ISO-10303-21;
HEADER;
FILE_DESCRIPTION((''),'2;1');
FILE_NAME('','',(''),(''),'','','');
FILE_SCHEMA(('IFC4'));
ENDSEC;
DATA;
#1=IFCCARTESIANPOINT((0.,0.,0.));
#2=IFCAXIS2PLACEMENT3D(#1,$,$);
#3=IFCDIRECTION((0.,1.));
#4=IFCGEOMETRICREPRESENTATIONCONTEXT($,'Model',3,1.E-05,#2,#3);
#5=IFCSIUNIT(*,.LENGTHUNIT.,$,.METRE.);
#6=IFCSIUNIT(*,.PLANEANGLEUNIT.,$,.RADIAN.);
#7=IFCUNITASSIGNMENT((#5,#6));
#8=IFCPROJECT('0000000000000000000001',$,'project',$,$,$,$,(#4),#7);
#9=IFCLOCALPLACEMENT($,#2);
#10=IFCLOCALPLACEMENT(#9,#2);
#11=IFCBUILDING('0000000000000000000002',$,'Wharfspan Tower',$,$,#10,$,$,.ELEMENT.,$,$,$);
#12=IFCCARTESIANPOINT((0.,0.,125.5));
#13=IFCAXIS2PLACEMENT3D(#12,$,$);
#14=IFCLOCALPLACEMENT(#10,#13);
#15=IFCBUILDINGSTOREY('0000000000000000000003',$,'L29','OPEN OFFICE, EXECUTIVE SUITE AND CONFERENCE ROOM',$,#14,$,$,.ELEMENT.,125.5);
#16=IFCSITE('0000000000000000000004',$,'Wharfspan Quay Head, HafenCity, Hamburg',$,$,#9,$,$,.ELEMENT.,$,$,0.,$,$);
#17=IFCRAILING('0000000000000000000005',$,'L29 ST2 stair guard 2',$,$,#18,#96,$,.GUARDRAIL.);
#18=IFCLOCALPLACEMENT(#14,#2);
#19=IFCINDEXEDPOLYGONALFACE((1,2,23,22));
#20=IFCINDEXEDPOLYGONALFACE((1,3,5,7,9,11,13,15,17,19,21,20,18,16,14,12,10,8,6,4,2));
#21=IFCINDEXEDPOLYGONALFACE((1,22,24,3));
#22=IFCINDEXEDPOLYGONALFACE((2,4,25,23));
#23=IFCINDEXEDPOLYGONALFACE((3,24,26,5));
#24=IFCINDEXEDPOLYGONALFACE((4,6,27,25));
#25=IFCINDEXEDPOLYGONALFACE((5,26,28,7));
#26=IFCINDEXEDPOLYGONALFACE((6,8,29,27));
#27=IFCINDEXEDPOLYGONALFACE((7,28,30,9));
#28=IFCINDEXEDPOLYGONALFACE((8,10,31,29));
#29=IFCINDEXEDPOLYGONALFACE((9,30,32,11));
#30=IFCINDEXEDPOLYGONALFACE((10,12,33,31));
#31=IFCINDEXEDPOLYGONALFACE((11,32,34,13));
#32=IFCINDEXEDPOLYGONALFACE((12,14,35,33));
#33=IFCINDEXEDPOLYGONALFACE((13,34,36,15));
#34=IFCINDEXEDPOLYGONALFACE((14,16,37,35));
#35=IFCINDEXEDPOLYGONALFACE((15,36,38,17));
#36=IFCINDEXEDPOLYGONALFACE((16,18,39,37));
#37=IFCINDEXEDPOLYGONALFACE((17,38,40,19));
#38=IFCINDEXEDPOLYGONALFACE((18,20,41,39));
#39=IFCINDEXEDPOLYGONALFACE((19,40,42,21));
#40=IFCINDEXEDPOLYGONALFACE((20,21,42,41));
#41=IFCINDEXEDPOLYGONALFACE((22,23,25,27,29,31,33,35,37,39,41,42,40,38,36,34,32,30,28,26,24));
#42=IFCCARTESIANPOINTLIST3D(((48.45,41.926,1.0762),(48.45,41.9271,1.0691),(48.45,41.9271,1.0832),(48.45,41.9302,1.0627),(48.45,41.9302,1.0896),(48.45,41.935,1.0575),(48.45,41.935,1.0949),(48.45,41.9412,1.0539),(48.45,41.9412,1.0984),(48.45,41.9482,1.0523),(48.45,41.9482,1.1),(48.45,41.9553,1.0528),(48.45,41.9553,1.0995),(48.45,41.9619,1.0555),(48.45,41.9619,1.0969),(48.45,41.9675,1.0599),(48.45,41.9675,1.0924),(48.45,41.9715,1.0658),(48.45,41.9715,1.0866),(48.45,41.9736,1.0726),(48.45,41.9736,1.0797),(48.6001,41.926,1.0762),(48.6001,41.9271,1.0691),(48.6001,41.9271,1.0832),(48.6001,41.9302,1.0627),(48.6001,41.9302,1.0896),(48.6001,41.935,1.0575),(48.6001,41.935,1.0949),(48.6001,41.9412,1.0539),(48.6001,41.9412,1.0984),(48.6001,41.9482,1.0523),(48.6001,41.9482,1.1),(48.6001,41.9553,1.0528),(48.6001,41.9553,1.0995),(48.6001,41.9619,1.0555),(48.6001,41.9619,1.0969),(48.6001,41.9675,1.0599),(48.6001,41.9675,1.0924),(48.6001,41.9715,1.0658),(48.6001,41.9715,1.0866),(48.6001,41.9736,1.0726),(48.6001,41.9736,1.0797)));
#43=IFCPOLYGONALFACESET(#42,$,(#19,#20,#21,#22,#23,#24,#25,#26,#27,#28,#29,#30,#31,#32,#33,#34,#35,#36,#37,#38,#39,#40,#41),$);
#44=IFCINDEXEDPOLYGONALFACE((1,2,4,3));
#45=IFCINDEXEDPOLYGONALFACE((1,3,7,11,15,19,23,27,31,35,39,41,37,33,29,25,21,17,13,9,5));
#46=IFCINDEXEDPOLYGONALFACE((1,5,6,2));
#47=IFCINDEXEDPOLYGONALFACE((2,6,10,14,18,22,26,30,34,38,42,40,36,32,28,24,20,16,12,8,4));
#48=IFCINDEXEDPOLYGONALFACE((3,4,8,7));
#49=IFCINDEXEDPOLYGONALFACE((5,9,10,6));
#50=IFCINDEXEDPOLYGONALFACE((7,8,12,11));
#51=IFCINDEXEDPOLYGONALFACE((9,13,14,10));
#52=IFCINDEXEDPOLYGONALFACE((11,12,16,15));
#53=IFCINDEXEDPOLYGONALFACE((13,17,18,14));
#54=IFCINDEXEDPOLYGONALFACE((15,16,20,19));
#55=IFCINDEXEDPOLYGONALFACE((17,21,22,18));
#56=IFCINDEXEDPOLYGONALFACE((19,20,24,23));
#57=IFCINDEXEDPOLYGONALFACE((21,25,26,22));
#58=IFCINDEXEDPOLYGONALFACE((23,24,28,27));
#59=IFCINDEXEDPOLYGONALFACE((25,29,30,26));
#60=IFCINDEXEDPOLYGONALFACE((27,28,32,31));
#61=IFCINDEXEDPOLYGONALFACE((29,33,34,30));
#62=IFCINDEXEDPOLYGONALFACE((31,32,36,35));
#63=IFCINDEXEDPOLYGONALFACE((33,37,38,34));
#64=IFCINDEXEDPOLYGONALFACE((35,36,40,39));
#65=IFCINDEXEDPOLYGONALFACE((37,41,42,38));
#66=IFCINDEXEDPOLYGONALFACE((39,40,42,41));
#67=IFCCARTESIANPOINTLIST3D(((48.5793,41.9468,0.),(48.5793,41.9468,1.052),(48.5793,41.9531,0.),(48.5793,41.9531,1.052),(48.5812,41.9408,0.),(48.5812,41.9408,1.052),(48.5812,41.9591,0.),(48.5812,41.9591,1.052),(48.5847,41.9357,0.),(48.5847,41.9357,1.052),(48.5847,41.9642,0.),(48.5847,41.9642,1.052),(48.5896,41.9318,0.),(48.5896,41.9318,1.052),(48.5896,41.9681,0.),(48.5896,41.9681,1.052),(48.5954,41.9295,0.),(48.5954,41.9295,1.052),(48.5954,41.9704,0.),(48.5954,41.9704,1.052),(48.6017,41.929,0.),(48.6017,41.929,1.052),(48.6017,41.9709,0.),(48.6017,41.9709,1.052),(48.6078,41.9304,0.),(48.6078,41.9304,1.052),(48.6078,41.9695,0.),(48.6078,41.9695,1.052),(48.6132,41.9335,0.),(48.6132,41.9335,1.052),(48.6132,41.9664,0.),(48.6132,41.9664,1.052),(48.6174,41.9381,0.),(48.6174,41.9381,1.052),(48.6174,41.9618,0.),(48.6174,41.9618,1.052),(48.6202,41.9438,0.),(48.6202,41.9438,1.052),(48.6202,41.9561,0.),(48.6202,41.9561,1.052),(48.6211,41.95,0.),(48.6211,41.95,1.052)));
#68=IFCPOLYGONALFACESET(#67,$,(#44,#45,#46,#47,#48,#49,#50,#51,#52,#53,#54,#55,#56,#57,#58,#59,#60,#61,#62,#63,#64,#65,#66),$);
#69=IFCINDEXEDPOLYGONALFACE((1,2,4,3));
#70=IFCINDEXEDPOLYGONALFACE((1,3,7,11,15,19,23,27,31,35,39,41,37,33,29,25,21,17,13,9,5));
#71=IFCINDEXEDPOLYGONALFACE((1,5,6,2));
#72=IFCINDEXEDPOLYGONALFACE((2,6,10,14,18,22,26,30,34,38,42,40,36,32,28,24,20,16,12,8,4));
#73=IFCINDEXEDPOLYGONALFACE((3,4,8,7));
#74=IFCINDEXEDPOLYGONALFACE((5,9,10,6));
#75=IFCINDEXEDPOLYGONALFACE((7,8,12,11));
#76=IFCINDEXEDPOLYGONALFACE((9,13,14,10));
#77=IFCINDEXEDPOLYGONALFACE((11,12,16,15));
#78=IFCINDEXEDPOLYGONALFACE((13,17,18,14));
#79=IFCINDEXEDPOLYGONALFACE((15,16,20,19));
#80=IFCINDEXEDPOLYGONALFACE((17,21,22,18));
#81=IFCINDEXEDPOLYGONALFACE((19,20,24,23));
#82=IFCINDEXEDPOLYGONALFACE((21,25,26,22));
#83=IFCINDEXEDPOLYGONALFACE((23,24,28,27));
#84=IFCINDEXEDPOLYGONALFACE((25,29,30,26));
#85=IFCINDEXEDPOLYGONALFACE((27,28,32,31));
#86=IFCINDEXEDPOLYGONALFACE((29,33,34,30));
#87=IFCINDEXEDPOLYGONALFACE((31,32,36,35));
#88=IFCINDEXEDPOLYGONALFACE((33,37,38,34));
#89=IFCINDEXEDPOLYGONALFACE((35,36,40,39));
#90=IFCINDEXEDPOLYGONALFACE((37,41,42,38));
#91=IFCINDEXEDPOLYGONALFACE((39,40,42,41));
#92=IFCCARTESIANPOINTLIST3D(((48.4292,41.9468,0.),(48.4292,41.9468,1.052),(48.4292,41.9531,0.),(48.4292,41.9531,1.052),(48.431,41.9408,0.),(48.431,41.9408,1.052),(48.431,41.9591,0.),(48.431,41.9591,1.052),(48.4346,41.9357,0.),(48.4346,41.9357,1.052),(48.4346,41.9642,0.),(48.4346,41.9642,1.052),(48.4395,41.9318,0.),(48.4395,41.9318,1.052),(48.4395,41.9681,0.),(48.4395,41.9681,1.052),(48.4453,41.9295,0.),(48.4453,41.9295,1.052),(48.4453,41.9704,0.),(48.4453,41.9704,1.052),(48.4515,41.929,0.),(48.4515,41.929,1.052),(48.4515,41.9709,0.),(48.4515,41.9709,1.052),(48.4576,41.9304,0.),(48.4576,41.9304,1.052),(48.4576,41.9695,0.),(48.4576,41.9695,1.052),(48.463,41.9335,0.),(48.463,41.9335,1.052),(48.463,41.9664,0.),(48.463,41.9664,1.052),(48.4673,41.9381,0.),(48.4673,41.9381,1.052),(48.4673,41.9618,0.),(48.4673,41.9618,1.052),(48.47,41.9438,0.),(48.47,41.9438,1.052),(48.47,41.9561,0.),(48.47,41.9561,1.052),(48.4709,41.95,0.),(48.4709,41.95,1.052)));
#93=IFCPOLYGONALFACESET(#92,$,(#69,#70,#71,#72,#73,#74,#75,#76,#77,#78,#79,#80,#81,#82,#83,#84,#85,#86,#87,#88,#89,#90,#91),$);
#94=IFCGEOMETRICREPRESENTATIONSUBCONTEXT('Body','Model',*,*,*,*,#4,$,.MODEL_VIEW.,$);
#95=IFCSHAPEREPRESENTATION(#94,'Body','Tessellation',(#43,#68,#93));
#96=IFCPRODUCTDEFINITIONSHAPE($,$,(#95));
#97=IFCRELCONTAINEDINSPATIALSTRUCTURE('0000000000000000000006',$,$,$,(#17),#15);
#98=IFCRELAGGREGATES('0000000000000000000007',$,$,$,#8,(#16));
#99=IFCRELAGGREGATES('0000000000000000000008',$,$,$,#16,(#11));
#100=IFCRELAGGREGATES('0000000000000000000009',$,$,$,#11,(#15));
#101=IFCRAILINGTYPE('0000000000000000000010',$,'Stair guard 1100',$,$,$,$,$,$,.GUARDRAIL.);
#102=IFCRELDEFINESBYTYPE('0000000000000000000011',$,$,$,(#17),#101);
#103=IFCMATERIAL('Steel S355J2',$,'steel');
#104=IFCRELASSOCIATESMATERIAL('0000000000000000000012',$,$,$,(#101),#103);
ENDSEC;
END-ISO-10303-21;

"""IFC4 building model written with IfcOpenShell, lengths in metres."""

from ifc_helpers import new_model, si_unit, direction, frame, origin, origin_2d, place, context, subcontext, project, spatial, circle, extrude, material, type_object, element, save


model = new_model("IFC4")

# Units and contexts
model_context = context("Model", 3, precision=1e-05, world=origin(), true_north=direction((0.0, 1.0)))
body_context = subcontext(model_context, "Body", "Model", "MODEL_VIEW")
ifc_project = project(units=[si_unit("LENGTHUNIT", "METRE"), si_unit("PLANEANGLEUNIT", "RADIAN")], contexts=[model_context])

# Site, building, storey
site_placement = place(None, origin())
site = spatial("IfcSite", under=ifc_project, at=site_placement, Name="Wharfspan Quay Head, HafenCity, Hamburg", CompositionType="ELEMENT", RefElevation=0.0)
building_placement = place(site_placement, origin())
building = spatial("IfcBuilding", under=site, at=building_placement, Name="Wharfspan Tower", CompositionType="ELEMENT")
storey_placement = place(building_placement, frame((0.0, 0.0, 125.5)))
storey = spatial("IfcBuildingStorey", under=building, at=storey_placement, Name="L29", Description="OPEN OFFICE, EXECUTIVE SUITE AND CONFERENCE ROOM", CompositionType="ELEMENT", Elevation=125.5)

# Shared definitions
ifc_material_1 = material(Name="Steel S355J2", Category="steel")

# Railing
railing_type_1 = type_object("IfcRailingType", Name="Stair guard 1100", PredefinedType="GUARDRAIL", material=ifc_material_1)
railing_1_placement = place(storey_placement, frame((48.6001, 41.95, 0.0)))
element("IfcRailing", 1, at=railing_1_placement, inside=storey, type_object=railing_type_1, Name="L29 ST2 stair guard 2", PredefinedType="GUARDRAIL", context=body_context, shape_type="SweptSolid", body=[
    extrude(circle(Radius=0.0239, at=origin_2d()), frame((0.0, 0.0, 1.0762), z_axis=(-1.0, 0.0, 0.0), x_axis=(0.0, -1.0, 0.0)), (0.0, 0.0, 1.0), 0.1501),
    extrude(circle(Radius=0.021, at=origin_2d()), origin(), (0.0, 0.0, 1.0), 1.052),
    extrude(circle(Radius=0.021, at=origin_2d()), frame((-0.1501, 0.0, 0.0)), (0.0, 0.0, 1.0), 1.052),
])

save(model, "model.ifc")
